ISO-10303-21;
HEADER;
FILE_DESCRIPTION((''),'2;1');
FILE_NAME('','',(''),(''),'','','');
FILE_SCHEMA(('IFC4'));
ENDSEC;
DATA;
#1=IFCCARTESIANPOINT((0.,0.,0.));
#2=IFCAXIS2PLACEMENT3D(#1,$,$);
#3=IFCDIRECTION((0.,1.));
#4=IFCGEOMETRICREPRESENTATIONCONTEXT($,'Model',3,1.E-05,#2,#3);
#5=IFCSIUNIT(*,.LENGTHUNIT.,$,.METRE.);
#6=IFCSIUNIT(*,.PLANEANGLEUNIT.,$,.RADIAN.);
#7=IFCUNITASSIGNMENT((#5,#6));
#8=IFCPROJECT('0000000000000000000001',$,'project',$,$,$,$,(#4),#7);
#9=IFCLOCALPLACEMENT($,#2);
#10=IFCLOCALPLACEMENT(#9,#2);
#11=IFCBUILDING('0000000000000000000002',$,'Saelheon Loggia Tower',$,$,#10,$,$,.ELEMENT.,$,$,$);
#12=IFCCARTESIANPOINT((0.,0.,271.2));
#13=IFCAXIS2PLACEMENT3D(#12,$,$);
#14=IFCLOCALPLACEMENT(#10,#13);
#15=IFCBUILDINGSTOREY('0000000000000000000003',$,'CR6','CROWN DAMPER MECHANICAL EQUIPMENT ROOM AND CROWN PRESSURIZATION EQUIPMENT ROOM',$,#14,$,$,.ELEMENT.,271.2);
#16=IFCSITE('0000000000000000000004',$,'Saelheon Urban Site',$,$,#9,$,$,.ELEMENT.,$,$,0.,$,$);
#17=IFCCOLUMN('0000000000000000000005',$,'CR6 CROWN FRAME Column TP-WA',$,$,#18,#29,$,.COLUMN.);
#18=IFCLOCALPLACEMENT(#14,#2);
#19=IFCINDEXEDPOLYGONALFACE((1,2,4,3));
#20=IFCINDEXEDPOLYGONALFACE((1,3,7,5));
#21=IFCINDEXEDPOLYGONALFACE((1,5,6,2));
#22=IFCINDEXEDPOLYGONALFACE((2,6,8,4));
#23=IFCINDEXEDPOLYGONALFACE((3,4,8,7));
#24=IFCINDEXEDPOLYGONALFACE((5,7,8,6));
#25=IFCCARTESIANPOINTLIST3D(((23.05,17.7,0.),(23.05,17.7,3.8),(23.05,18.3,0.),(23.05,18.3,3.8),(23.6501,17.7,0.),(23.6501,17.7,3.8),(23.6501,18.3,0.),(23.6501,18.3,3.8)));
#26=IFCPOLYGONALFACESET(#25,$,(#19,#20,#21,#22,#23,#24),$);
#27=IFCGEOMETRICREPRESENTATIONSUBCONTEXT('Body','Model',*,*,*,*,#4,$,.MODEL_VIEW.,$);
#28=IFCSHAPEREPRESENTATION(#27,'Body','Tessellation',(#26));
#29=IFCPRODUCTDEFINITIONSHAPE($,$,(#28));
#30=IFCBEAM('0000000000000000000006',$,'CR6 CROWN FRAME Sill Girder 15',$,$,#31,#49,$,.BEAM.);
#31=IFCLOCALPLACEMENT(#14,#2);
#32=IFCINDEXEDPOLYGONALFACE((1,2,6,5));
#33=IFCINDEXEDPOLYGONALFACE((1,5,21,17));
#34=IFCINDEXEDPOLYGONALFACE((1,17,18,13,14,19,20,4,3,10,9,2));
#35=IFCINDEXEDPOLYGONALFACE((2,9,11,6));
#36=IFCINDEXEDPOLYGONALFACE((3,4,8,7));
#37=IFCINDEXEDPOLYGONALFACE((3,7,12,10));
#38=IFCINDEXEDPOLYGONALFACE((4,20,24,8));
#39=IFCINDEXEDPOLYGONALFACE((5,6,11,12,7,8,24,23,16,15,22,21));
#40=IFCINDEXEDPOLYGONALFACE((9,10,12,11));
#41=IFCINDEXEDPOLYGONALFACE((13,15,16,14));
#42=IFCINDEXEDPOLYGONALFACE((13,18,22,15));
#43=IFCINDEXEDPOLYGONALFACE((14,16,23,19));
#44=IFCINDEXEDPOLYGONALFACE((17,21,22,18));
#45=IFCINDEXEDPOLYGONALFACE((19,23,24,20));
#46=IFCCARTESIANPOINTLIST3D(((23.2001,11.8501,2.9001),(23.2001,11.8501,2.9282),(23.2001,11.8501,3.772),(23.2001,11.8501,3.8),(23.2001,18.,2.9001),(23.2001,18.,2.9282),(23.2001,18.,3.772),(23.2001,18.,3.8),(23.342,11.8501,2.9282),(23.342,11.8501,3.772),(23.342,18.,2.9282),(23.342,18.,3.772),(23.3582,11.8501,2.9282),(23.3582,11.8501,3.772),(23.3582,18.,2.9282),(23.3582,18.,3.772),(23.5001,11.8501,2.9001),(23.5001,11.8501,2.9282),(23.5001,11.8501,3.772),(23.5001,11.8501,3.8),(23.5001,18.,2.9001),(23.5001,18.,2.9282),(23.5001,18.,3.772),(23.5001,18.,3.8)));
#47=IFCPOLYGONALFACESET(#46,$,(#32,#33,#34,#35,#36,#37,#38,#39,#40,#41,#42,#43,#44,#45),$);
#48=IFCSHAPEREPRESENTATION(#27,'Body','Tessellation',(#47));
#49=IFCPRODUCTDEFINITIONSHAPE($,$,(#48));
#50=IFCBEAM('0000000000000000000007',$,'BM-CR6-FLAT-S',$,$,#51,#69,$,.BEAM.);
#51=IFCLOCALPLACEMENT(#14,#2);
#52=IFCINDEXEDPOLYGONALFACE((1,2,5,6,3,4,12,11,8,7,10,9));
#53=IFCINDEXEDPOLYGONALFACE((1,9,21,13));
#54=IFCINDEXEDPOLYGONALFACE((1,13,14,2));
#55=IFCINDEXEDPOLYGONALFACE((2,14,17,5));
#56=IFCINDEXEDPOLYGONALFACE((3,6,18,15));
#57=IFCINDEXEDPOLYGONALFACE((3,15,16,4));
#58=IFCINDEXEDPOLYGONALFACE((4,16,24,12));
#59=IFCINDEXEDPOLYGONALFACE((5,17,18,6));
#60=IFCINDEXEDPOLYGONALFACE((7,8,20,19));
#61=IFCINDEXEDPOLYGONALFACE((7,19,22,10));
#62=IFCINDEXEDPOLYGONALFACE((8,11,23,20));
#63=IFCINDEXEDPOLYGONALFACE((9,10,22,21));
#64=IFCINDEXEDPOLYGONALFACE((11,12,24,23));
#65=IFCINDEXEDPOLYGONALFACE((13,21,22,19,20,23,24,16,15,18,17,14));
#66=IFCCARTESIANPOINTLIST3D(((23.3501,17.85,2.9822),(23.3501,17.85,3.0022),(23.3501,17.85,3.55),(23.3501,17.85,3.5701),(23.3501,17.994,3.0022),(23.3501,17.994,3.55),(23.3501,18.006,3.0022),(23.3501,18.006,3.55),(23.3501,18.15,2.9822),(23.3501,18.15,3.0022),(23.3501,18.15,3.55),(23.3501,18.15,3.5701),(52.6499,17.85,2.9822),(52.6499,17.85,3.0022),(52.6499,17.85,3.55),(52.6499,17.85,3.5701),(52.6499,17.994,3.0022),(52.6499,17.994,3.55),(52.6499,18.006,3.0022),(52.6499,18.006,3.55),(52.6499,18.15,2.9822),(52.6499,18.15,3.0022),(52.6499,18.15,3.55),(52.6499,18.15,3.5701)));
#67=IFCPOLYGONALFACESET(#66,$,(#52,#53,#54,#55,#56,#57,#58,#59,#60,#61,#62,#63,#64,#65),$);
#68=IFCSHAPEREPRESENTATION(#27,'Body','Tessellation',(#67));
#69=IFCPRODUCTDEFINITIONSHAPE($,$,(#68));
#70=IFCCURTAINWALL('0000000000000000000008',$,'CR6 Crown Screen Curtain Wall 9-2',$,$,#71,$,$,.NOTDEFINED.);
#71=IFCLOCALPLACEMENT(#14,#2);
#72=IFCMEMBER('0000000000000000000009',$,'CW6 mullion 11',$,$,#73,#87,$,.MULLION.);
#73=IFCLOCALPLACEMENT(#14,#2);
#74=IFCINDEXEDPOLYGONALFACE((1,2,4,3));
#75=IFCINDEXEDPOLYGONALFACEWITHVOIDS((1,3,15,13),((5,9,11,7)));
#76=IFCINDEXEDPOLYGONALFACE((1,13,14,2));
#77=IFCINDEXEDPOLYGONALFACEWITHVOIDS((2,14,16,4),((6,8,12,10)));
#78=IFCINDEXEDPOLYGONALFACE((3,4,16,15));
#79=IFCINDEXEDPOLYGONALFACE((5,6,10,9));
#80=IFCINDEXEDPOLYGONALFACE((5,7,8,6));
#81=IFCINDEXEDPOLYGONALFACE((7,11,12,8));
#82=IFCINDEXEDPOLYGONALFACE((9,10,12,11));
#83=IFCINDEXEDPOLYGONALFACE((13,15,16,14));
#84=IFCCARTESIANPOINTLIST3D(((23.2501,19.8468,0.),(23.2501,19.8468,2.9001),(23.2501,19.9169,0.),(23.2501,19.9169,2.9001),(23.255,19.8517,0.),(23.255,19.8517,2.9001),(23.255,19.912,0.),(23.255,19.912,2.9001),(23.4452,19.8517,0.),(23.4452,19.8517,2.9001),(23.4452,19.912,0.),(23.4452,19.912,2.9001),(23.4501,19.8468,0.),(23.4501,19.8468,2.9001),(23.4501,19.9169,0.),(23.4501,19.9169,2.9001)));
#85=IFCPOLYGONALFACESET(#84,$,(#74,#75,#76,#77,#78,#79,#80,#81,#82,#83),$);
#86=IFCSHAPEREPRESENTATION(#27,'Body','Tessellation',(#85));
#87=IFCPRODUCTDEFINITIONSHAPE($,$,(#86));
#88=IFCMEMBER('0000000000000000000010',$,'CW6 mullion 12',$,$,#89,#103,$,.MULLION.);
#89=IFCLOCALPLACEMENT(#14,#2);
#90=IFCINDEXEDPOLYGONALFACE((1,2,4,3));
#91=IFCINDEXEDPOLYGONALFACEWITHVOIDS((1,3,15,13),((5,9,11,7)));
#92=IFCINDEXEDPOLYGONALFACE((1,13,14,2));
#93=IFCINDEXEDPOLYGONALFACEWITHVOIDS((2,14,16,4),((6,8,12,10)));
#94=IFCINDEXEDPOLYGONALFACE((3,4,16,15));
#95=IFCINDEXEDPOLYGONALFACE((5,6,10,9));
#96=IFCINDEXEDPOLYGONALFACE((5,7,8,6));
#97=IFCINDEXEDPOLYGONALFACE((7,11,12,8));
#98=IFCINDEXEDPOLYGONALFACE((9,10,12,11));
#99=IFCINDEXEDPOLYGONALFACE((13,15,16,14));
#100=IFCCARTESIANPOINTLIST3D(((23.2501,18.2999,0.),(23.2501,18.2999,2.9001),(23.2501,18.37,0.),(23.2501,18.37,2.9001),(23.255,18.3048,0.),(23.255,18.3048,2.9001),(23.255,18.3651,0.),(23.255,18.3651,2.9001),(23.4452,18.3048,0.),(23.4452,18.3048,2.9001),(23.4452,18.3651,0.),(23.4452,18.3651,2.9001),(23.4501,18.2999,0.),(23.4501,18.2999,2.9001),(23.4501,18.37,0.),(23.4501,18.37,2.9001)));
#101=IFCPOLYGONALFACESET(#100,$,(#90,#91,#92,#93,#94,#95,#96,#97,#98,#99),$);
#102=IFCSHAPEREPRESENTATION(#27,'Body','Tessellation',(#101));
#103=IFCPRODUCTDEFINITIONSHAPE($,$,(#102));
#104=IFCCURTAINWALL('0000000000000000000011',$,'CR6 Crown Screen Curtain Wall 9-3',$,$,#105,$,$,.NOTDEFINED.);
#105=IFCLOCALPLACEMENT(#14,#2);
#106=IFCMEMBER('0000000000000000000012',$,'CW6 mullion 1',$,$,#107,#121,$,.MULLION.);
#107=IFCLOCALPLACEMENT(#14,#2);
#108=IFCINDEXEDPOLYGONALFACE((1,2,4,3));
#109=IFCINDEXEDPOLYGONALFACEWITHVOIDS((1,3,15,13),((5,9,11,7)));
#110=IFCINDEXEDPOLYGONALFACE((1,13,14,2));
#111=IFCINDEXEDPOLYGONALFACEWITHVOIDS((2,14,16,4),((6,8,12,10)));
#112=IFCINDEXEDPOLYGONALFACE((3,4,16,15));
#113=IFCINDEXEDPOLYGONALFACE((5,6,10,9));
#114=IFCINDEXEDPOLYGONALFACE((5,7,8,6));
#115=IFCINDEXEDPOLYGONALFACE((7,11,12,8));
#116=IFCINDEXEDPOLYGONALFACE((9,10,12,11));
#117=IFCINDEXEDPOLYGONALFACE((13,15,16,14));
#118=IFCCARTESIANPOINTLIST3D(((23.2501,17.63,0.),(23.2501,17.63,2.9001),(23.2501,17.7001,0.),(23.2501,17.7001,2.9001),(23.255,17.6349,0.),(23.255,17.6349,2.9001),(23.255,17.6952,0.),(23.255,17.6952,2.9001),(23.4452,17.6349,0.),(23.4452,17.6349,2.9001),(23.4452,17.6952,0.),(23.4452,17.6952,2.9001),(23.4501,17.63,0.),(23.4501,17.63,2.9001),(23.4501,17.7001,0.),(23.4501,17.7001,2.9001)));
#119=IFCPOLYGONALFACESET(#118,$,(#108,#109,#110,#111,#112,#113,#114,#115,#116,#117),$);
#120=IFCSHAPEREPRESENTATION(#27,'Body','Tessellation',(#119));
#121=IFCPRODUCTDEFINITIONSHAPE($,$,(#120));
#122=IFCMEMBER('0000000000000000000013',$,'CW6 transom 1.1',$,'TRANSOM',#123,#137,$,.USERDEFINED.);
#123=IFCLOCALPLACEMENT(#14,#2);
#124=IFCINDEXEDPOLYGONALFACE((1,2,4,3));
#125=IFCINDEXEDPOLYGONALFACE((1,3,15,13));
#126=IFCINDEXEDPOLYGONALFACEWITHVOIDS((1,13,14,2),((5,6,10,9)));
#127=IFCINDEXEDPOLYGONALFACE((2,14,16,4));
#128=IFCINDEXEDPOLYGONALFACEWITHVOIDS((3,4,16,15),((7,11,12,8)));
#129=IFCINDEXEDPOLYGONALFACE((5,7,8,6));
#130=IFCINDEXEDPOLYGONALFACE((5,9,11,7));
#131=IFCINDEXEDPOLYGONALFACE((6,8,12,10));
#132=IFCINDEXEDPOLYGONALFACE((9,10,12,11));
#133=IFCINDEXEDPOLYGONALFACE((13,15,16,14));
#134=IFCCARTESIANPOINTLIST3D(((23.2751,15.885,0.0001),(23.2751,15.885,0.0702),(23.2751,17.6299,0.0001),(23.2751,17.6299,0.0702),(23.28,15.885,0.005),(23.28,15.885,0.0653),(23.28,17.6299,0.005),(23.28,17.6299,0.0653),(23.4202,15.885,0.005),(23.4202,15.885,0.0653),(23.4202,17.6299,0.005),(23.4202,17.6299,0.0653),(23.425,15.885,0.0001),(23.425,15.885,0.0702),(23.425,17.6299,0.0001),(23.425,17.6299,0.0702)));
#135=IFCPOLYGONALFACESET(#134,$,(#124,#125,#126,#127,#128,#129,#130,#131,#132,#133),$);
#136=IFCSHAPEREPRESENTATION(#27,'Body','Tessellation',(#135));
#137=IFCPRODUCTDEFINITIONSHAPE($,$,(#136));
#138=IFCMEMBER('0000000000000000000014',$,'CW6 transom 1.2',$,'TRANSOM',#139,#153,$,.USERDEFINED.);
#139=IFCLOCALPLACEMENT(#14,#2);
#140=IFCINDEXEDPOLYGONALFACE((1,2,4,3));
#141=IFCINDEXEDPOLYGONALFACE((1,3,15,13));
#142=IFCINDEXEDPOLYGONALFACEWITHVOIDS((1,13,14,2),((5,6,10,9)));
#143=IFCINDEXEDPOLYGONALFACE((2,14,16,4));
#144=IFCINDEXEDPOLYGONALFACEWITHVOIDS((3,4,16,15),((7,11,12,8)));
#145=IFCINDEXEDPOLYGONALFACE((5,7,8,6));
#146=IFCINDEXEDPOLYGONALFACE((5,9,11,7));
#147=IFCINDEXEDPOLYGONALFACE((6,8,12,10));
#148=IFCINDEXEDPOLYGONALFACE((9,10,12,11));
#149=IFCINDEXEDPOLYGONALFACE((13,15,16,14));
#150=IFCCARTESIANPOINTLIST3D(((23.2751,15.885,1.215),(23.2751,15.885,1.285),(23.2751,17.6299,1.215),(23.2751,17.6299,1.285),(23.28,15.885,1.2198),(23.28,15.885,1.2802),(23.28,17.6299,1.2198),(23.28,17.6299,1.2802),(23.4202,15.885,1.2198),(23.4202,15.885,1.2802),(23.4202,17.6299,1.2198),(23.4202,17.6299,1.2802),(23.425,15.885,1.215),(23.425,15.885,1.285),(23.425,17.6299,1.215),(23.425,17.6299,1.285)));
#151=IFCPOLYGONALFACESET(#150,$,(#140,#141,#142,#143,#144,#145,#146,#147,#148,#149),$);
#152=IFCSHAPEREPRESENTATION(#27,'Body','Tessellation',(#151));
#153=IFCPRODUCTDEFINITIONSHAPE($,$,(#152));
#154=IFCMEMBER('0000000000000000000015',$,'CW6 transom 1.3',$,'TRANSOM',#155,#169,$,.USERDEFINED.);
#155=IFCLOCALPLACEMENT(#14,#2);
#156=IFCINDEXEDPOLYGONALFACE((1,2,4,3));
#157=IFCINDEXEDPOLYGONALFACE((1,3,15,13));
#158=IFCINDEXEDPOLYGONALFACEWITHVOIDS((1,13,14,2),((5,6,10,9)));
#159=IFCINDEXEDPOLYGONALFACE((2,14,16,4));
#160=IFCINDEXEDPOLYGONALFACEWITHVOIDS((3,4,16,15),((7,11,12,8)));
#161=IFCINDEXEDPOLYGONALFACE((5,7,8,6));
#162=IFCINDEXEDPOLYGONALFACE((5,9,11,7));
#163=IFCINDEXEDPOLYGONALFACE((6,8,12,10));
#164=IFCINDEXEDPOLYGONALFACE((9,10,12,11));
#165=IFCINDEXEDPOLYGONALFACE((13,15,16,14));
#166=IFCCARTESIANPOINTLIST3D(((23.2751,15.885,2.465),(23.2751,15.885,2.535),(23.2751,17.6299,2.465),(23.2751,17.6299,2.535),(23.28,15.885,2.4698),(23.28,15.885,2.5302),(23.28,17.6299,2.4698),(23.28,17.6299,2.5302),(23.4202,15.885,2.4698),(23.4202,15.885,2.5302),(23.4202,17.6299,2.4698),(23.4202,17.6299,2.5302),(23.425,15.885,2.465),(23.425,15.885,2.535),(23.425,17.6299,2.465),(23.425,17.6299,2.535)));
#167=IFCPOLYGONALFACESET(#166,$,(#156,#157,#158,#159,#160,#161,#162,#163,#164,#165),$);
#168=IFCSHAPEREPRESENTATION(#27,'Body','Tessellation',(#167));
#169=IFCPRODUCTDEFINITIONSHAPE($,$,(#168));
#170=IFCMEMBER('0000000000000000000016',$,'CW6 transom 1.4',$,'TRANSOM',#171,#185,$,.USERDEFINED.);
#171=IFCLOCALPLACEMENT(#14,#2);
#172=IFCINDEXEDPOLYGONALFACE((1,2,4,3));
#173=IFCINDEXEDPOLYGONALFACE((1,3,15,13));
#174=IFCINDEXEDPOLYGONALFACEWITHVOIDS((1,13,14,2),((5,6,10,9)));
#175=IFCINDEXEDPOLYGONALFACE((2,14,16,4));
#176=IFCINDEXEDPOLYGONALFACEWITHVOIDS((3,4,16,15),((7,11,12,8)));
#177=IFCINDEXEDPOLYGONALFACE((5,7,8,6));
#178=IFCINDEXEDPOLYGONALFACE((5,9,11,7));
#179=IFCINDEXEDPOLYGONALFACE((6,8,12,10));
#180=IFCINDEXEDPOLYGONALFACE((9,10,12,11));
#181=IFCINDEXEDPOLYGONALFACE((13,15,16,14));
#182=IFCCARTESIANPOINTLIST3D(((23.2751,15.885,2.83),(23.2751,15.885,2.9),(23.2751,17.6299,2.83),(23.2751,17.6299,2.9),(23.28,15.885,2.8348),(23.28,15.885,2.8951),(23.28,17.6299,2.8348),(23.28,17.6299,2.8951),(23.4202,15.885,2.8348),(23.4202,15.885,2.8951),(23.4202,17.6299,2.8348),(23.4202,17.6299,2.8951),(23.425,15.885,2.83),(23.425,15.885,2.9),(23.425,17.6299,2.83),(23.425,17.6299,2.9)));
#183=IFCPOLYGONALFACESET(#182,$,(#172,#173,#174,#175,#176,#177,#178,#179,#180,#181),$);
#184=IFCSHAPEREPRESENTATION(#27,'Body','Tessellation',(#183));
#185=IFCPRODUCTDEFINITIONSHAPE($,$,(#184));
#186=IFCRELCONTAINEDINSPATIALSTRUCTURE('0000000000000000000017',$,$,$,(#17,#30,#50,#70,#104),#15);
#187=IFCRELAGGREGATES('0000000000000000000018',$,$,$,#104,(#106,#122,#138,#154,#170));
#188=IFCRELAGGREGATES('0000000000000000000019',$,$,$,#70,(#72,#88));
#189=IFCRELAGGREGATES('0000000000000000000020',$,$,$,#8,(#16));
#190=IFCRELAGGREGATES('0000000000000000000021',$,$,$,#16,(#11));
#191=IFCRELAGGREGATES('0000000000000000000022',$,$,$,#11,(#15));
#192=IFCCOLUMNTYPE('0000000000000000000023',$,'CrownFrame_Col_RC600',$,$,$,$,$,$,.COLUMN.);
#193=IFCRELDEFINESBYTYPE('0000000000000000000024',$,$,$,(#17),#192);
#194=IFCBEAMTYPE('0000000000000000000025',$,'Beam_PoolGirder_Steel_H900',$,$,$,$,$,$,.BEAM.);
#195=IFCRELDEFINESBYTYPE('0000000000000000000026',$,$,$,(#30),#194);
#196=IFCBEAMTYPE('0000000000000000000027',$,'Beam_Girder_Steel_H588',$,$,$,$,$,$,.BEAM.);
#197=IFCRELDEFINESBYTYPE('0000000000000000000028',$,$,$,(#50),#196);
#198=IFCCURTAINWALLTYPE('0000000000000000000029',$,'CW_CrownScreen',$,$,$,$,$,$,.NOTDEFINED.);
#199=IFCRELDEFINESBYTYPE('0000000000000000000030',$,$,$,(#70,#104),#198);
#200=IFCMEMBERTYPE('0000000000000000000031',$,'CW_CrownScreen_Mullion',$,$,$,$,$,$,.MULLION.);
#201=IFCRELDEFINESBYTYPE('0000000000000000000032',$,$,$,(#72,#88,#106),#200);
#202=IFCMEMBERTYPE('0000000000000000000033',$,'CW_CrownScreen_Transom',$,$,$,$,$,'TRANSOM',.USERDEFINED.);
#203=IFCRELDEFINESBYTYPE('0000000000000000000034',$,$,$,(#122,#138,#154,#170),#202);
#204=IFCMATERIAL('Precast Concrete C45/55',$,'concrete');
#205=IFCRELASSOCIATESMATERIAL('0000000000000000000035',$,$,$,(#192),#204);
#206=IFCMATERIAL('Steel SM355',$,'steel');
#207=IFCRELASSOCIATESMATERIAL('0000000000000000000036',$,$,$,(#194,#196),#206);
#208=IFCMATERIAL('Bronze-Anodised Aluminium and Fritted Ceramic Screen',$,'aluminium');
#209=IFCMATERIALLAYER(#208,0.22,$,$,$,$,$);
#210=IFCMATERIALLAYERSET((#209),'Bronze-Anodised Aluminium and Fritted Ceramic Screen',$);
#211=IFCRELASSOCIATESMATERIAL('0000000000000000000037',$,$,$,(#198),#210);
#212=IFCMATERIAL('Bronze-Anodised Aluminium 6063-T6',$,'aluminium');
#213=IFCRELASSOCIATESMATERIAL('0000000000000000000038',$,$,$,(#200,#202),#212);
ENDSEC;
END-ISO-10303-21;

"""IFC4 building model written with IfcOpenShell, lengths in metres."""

from ifc_helpers import new_model, si_unit, direction, frame, origin, origin_2d, place, context, subcontext, project, spatial, rectangle, hollow_rectangle, i_section, extrude, source, transform, mapped, material, layer, layer_set, material_profile, profile_set, type_object, element, aggregate, save


model = new_model("IFC4")

# Units and contexts
model_context = context("Model", 3, precision=1e-05, world=origin(), true_north=direction((0.0, 1.0)))
body_context = subcontext(model_context, "Body", "Model", "MODEL_VIEW")
ifc_project = project(units=[si_unit("LENGTHUNIT", "METRE"), si_unit("PLANEANGLEUNIT", "RADIAN")], contexts=[model_context])

# Site, building, storey
site_placement = place(None, origin())
site = spatial("IfcSite", under=ifc_project, at=site_placement, Name="Saelheon Urban Site", CompositionType="ELEMENT", RefElevation=0.0)
building_placement = place(site_placement, origin())
building = spatial("IfcBuilding", under=site, at=building_placement, Name="Saelheon Loggia Tower", CompositionType="ELEMENT")
storey_placement = place(building_placement, frame((0.0, 0.0, 271.2)))
storey = spatial("IfcBuildingStorey", under=building, at=storey_placement, Name="CR6", Description="CROWN DAMPER MECHANICAL EQUIPMENT ROOM AND CROWN PRESSURIZATION EQUIPMENT ROOM", CompositionType="ELEMENT", Elevation=271.2)

# Column
ifc_material_1 = material(Name="Precast Concrete C45/55", Category="concrete")
ifc_material_profile_1 = material_profile(ifc_material_1, rectangle(XDim=0.6001, YDim=0.6001, at=origin_2d()), Name="RC-600x600")
ifc_profile_set_1 = profile_set([ifc_material_profile_1], Name="Precast Concrete C45/55")
column_type = type_object("IfcColumnType", Name="CrownFrame_Col_RC600", PredefinedType="COLUMN", material=ifc_profile_set_1)
shared_shape_1 = source(origin(), body_context, "Body", "SweptSolid", [
    extrude(rectangle(XDim=0.6001, YDim=0.6001, at=origin_2d()), origin(), (0.0, 0.0, 1.0), 3.8),
])
column_placement = place(storey_placement, frame((23.3501, 18.0, 0.0), z_axis=(0.0, 0.0, 1.0), x_axis=(1.0, 0.0, 0.0)))
element("IfcColumn", 1, at=column_placement, inside=storey, type_object=column_type, Name="CR6 CROWN FRAME Column TP-WA", PredefinedType="COLUMN", context=body_context, shape_type="MappedRepresentation", body=[
    mapped(shared_shape_1, transform((0.0, 0.0, 0.0), scale=1.0)),
])

# Beams
ifc_material_2 = material(Name="Steel SM355", Category="steel")
ifc_material_profile_2 = material_profile(ifc_material_2, i_section(OverallWidth=0.3, OverallDepth=0.8999, WebThickness=0.0161, FlangeThickness=0.0281, at=origin_2d()), Name="H-900x300x16x28")
ifc_profile_set_2 = profile_set([ifc_material_profile_2], Name="Steel SM355")
beam_type_1 = type_object("IfcBeamType", Name="Beam_PoolGirder_Steel_H900", PredefinedType="BEAM", material=ifc_profile_set_2)
shared_shape_2 = source(origin(), body_context, "Body", "SweptSolid", [
    extrude(i_section(OverallWidth=0.3, OverallDepth=0.8999, WebThickness=0.0161, FlangeThickness=0.0281, at=origin_2d()), origin(), (0.0, 0.0, 1.0), 6.1499),
])
beam_1_placement = place(storey_placement, frame((23.3501, 18.0, 3.3501), z_axis=(0.0, -1.0, 0.0), x_axis=(1.0, 0.0, 0.0)))
element("IfcBeam", 2, at=beam_1_placement, inside=storey, type_object=beam_type_1, Name="CR6 CROWN FRAME Sill Girder 15", PredefinedType="BEAM", context=body_context, shape_type="MappedRepresentation", body=[
    mapped(shared_shape_2, transform((0.0, 0.0, 0.0), scale=1.0)),
])
ifc_material_profile_3 = material_profile(ifc_material_2, i_section(OverallWidth=0.3, OverallDepth=0.5879, WebThickness=0.012, FlangeThickness=0.02, at=origin_2d()), Name="H-588x300x12x20")
ifc_profile_set_3 = profile_set([ifc_material_profile_3], Name="Steel SM355")
beam_type_2 = type_object("IfcBeamType", Name="Beam_Girder_Steel_H588", PredefinedType="BEAM", material=ifc_profile_set_3)
shared_shape_3 = source(origin(), body_context, "Body", "SweptSolid", [
    extrude(i_section(OverallWidth=0.3, OverallDepth=0.5879, WebThickness=0.012, FlangeThickness=0.02, at=origin_2d()), origin(), (0.0, 0.0, 1.0), 29.2998),
])
beam_2_placement = place(storey_placement, frame((23.3501, 18.0, 3.2761), z_axis=(1.0, 0.0, 0.0), x_axis=(0.0, 1.0, 0.0)))
element("IfcBeam", 3, at=beam_2_placement, inside=storey, type_object=beam_type_2, Name="BM-CR6-FLAT-S", PredefinedType="BEAM", context=body_context, shape_type="MappedRepresentation", body=[
    mapped(shared_shape_3, transform((0.0, 0.0, 0.0), scale=1.0)),
])

# Curtain walls, members
ifc_material_3 = material(Name="Bronze-Anodised Aluminium and Fritted Ceramic Screen", Category="aluminium")
ifc_layer_1 = layer(ifc_material_3, 0.22)
ifc_layer_set_1 = layer_set([ifc_layer_1], Name="Bronze-Anodised Aluminium and Fritted Ceramic Screen")
curtain_wall_type = type_object("IfcCurtainWallType", Name="CW_CrownScreen", PredefinedType="NOTDEFINED", material=ifc_layer_set_1)
curtain_wall_1_placement = place(storey_placement, origin())
curtain_wall_1 = element("IfcCurtainWall", 4, at=curtain_wall_1_placement, inside=storey, type_object=curtain_wall_type, Name="CR6 Crown Screen Curtain Wall 9-2", PredefinedType="NOTDEFINED")
ifc_material_4 = material(Name="Bronze-Anodised Aluminium 6063-T6", Category="aluminium")
ifc_material_profile_4 = material_profile(ifc_material_4, hollow_rectangle(XDim=0.0701, YDim=0.2, WallThickness=0.0049, at=origin_2d()), Name="RHS-200x70x5")
ifc_profile_set_4 = profile_set([ifc_material_profile_4], Name="Bronze-Anodised Aluminium 6063-T6")
member_type_1 = type_object("IfcMemberType", Name="CW_CrownScreen_Mullion", PredefinedType="MULLION", material=ifc_profile_set_4)
shared_shape_4 = source(origin(), body_context, "Body", "SweptSolid", [
    extrude(hollow_rectangle(XDim=0.0701, YDim=0.2, WallThickness=0.0049, at=origin_2d()), origin(), (0.0, 0.0, 1.0), 2.9001),
])
member_1_placement = place(storey_placement, frame((23.3501, 19.8818, 0.0), z_axis=(0.0, 0.0, 1.0), x_axis=(0.0, -1.0, 0.0)))
member_1 = element("IfcMember", 5, at=member_1_placement, type_object=member_type_1, Name="CW6 mullion 11", PredefinedType="MULLION", context=body_context, shape_type="MappedRepresentation", body=[
    mapped(shared_shape_4, transform((0.0, 0.0, 0.0), scale=1.0)),
])
member_2_placement = place(storey_placement, frame((23.3501, 18.335, 0.0), z_axis=(0.0, 0.0, 1.0), x_axis=(0.0, -1.0, 0.0)))
member_2 = element("IfcMember", 6, at=member_2_placement, type_object=member_type_1, Name="CW6 mullion 12", PredefinedType="MULLION", context=body_context, shape_type="MappedRepresentation", body=[
    mapped(shared_shape_4, transform((0.0, 0.0, 0.0), scale=1.0)),
])
curtain_wall_2_placement = place(storey_placement, origin())
curtain_wall_2 = element("IfcCurtainWall", 7, at=curtain_wall_2_placement, inside=storey, type_object=curtain_wall_type, Name="CR6 Crown Screen Curtain Wall 9-3", PredefinedType="NOTDEFINED")
member_3_placement = place(storey_placement, frame((23.3501, 17.665, 0.0), z_axis=(0.0, 0.0, 1.0), x_axis=(0.0, -1.0, 0.0)))
member_3 = element("IfcMember", 8, at=member_3_placement, type_object=member_type_1, Name="CW6 mullion 1", PredefinedType="MULLION", context=body_context, shape_type="MappedRepresentation", body=[
    mapped(shared_shape_4, transform((0.0, 0.0, 0.0), scale=1.0)),
])
ifc_material_profile_5 = material_profile(ifc_material_4, hollow_rectangle(XDim=0.0701, YDim=0.1499, WallThickness=0.0049, at=origin_2d()), Name="RHS-150x70x5")
ifc_profile_set_5 = profile_set([ifc_material_profile_5], Name="Bronze-Anodised Aluminium 6063-T6")
member_type_2 = type_object("IfcMemberType", Name="CW_CrownScreen_Transom", ElementType="TRANSOM", PredefinedType="USERDEFINED", material=ifc_profile_set_5)
shared_shape_5 = source(origin(), body_context, "Body", "SweptSolid", [
    extrude(hollow_rectangle(XDim=0.0701, YDim=0.1499, WallThickness=0.0049, at=origin_2d()), origin(), (0.0, 0.0, 1.0), 1.7449),
])
member_4_placement = place(storey_placement, frame((23.3501, 17.6299, 0.0352), z_axis=(0.0, -1.0, 0.0), x_axis=(0.0, 0.0, 1.0)))
member_4 = element("IfcMember", 9, at=member_4_placement, type_object=member_type_2, Name="CW6 transom 1.1", ObjectType="TRANSOM", PredefinedType="USERDEFINED", context=body_context, shape_type="MappedRepresentation", body=[
    mapped(shared_shape_5, transform((0.0, 0.0, 0.0), scale=1.0)),
])
member_5_placement = place(storey_placement, frame((23.3501, 17.6299, 1.25), z_axis=(0.0, -1.0, 0.0), x_axis=(0.0, 0.0, 1.0)))
member_5 = element("IfcMember", 10, at=member_5_placement, type_object=member_type_2, Name="CW6 transom 1.2", ObjectType="TRANSOM", PredefinedType="USERDEFINED", context=body_context, shape_type="MappedRepresentation", body=[
    mapped(shared_shape_5, transform((0.0, 0.0, 0.0), scale=1.0)),
])
member_6_placement = place(storey_placement, frame((23.3501, 17.6299, 2.5), z_axis=(0.0, -1.0, 0.0), x_axis=(0.0, 0.0, 1.0)))
member_6 = element("IfcMember", 11, at=member_6_placement, type_object=member_type_2, Name="CW6 transom 1.3", ObjectType="TRANSOM", PredefinedType="USERDEFINED", context=body_context, shape_type="MappedRepresentation", body=[
    mapped(shared_shape_5, transform((0.0, 0.0, 0.0), scale=1.0)),
])
member_7_placement = place(storey_placement, frame((23.3501, 17.6299, 2.865), z_axis=(0.0, -1.0, 0.0), x_axis=(0.0, 0.0, 1.0)))
member_7 = element("IfcMember", 12, at=member_7_placement, type_object=member_type_2, Name="CW6 transom 1.4", ObjectType="TRANSOM", PredefinedType="USERDEFINED", context=body_context, shape_type="MappedRepresentation", body=[
    mapped(shared_shape_5, transform((0.0, 0.0, 0.0), scale=1.0)),
])

aggregate(curtain_wall_2, [member_3, member_4, member_5, member_6, member_7])
aggregate(curtain_wall_1, [member_1, member_2])

save(model, "model.ifc")
